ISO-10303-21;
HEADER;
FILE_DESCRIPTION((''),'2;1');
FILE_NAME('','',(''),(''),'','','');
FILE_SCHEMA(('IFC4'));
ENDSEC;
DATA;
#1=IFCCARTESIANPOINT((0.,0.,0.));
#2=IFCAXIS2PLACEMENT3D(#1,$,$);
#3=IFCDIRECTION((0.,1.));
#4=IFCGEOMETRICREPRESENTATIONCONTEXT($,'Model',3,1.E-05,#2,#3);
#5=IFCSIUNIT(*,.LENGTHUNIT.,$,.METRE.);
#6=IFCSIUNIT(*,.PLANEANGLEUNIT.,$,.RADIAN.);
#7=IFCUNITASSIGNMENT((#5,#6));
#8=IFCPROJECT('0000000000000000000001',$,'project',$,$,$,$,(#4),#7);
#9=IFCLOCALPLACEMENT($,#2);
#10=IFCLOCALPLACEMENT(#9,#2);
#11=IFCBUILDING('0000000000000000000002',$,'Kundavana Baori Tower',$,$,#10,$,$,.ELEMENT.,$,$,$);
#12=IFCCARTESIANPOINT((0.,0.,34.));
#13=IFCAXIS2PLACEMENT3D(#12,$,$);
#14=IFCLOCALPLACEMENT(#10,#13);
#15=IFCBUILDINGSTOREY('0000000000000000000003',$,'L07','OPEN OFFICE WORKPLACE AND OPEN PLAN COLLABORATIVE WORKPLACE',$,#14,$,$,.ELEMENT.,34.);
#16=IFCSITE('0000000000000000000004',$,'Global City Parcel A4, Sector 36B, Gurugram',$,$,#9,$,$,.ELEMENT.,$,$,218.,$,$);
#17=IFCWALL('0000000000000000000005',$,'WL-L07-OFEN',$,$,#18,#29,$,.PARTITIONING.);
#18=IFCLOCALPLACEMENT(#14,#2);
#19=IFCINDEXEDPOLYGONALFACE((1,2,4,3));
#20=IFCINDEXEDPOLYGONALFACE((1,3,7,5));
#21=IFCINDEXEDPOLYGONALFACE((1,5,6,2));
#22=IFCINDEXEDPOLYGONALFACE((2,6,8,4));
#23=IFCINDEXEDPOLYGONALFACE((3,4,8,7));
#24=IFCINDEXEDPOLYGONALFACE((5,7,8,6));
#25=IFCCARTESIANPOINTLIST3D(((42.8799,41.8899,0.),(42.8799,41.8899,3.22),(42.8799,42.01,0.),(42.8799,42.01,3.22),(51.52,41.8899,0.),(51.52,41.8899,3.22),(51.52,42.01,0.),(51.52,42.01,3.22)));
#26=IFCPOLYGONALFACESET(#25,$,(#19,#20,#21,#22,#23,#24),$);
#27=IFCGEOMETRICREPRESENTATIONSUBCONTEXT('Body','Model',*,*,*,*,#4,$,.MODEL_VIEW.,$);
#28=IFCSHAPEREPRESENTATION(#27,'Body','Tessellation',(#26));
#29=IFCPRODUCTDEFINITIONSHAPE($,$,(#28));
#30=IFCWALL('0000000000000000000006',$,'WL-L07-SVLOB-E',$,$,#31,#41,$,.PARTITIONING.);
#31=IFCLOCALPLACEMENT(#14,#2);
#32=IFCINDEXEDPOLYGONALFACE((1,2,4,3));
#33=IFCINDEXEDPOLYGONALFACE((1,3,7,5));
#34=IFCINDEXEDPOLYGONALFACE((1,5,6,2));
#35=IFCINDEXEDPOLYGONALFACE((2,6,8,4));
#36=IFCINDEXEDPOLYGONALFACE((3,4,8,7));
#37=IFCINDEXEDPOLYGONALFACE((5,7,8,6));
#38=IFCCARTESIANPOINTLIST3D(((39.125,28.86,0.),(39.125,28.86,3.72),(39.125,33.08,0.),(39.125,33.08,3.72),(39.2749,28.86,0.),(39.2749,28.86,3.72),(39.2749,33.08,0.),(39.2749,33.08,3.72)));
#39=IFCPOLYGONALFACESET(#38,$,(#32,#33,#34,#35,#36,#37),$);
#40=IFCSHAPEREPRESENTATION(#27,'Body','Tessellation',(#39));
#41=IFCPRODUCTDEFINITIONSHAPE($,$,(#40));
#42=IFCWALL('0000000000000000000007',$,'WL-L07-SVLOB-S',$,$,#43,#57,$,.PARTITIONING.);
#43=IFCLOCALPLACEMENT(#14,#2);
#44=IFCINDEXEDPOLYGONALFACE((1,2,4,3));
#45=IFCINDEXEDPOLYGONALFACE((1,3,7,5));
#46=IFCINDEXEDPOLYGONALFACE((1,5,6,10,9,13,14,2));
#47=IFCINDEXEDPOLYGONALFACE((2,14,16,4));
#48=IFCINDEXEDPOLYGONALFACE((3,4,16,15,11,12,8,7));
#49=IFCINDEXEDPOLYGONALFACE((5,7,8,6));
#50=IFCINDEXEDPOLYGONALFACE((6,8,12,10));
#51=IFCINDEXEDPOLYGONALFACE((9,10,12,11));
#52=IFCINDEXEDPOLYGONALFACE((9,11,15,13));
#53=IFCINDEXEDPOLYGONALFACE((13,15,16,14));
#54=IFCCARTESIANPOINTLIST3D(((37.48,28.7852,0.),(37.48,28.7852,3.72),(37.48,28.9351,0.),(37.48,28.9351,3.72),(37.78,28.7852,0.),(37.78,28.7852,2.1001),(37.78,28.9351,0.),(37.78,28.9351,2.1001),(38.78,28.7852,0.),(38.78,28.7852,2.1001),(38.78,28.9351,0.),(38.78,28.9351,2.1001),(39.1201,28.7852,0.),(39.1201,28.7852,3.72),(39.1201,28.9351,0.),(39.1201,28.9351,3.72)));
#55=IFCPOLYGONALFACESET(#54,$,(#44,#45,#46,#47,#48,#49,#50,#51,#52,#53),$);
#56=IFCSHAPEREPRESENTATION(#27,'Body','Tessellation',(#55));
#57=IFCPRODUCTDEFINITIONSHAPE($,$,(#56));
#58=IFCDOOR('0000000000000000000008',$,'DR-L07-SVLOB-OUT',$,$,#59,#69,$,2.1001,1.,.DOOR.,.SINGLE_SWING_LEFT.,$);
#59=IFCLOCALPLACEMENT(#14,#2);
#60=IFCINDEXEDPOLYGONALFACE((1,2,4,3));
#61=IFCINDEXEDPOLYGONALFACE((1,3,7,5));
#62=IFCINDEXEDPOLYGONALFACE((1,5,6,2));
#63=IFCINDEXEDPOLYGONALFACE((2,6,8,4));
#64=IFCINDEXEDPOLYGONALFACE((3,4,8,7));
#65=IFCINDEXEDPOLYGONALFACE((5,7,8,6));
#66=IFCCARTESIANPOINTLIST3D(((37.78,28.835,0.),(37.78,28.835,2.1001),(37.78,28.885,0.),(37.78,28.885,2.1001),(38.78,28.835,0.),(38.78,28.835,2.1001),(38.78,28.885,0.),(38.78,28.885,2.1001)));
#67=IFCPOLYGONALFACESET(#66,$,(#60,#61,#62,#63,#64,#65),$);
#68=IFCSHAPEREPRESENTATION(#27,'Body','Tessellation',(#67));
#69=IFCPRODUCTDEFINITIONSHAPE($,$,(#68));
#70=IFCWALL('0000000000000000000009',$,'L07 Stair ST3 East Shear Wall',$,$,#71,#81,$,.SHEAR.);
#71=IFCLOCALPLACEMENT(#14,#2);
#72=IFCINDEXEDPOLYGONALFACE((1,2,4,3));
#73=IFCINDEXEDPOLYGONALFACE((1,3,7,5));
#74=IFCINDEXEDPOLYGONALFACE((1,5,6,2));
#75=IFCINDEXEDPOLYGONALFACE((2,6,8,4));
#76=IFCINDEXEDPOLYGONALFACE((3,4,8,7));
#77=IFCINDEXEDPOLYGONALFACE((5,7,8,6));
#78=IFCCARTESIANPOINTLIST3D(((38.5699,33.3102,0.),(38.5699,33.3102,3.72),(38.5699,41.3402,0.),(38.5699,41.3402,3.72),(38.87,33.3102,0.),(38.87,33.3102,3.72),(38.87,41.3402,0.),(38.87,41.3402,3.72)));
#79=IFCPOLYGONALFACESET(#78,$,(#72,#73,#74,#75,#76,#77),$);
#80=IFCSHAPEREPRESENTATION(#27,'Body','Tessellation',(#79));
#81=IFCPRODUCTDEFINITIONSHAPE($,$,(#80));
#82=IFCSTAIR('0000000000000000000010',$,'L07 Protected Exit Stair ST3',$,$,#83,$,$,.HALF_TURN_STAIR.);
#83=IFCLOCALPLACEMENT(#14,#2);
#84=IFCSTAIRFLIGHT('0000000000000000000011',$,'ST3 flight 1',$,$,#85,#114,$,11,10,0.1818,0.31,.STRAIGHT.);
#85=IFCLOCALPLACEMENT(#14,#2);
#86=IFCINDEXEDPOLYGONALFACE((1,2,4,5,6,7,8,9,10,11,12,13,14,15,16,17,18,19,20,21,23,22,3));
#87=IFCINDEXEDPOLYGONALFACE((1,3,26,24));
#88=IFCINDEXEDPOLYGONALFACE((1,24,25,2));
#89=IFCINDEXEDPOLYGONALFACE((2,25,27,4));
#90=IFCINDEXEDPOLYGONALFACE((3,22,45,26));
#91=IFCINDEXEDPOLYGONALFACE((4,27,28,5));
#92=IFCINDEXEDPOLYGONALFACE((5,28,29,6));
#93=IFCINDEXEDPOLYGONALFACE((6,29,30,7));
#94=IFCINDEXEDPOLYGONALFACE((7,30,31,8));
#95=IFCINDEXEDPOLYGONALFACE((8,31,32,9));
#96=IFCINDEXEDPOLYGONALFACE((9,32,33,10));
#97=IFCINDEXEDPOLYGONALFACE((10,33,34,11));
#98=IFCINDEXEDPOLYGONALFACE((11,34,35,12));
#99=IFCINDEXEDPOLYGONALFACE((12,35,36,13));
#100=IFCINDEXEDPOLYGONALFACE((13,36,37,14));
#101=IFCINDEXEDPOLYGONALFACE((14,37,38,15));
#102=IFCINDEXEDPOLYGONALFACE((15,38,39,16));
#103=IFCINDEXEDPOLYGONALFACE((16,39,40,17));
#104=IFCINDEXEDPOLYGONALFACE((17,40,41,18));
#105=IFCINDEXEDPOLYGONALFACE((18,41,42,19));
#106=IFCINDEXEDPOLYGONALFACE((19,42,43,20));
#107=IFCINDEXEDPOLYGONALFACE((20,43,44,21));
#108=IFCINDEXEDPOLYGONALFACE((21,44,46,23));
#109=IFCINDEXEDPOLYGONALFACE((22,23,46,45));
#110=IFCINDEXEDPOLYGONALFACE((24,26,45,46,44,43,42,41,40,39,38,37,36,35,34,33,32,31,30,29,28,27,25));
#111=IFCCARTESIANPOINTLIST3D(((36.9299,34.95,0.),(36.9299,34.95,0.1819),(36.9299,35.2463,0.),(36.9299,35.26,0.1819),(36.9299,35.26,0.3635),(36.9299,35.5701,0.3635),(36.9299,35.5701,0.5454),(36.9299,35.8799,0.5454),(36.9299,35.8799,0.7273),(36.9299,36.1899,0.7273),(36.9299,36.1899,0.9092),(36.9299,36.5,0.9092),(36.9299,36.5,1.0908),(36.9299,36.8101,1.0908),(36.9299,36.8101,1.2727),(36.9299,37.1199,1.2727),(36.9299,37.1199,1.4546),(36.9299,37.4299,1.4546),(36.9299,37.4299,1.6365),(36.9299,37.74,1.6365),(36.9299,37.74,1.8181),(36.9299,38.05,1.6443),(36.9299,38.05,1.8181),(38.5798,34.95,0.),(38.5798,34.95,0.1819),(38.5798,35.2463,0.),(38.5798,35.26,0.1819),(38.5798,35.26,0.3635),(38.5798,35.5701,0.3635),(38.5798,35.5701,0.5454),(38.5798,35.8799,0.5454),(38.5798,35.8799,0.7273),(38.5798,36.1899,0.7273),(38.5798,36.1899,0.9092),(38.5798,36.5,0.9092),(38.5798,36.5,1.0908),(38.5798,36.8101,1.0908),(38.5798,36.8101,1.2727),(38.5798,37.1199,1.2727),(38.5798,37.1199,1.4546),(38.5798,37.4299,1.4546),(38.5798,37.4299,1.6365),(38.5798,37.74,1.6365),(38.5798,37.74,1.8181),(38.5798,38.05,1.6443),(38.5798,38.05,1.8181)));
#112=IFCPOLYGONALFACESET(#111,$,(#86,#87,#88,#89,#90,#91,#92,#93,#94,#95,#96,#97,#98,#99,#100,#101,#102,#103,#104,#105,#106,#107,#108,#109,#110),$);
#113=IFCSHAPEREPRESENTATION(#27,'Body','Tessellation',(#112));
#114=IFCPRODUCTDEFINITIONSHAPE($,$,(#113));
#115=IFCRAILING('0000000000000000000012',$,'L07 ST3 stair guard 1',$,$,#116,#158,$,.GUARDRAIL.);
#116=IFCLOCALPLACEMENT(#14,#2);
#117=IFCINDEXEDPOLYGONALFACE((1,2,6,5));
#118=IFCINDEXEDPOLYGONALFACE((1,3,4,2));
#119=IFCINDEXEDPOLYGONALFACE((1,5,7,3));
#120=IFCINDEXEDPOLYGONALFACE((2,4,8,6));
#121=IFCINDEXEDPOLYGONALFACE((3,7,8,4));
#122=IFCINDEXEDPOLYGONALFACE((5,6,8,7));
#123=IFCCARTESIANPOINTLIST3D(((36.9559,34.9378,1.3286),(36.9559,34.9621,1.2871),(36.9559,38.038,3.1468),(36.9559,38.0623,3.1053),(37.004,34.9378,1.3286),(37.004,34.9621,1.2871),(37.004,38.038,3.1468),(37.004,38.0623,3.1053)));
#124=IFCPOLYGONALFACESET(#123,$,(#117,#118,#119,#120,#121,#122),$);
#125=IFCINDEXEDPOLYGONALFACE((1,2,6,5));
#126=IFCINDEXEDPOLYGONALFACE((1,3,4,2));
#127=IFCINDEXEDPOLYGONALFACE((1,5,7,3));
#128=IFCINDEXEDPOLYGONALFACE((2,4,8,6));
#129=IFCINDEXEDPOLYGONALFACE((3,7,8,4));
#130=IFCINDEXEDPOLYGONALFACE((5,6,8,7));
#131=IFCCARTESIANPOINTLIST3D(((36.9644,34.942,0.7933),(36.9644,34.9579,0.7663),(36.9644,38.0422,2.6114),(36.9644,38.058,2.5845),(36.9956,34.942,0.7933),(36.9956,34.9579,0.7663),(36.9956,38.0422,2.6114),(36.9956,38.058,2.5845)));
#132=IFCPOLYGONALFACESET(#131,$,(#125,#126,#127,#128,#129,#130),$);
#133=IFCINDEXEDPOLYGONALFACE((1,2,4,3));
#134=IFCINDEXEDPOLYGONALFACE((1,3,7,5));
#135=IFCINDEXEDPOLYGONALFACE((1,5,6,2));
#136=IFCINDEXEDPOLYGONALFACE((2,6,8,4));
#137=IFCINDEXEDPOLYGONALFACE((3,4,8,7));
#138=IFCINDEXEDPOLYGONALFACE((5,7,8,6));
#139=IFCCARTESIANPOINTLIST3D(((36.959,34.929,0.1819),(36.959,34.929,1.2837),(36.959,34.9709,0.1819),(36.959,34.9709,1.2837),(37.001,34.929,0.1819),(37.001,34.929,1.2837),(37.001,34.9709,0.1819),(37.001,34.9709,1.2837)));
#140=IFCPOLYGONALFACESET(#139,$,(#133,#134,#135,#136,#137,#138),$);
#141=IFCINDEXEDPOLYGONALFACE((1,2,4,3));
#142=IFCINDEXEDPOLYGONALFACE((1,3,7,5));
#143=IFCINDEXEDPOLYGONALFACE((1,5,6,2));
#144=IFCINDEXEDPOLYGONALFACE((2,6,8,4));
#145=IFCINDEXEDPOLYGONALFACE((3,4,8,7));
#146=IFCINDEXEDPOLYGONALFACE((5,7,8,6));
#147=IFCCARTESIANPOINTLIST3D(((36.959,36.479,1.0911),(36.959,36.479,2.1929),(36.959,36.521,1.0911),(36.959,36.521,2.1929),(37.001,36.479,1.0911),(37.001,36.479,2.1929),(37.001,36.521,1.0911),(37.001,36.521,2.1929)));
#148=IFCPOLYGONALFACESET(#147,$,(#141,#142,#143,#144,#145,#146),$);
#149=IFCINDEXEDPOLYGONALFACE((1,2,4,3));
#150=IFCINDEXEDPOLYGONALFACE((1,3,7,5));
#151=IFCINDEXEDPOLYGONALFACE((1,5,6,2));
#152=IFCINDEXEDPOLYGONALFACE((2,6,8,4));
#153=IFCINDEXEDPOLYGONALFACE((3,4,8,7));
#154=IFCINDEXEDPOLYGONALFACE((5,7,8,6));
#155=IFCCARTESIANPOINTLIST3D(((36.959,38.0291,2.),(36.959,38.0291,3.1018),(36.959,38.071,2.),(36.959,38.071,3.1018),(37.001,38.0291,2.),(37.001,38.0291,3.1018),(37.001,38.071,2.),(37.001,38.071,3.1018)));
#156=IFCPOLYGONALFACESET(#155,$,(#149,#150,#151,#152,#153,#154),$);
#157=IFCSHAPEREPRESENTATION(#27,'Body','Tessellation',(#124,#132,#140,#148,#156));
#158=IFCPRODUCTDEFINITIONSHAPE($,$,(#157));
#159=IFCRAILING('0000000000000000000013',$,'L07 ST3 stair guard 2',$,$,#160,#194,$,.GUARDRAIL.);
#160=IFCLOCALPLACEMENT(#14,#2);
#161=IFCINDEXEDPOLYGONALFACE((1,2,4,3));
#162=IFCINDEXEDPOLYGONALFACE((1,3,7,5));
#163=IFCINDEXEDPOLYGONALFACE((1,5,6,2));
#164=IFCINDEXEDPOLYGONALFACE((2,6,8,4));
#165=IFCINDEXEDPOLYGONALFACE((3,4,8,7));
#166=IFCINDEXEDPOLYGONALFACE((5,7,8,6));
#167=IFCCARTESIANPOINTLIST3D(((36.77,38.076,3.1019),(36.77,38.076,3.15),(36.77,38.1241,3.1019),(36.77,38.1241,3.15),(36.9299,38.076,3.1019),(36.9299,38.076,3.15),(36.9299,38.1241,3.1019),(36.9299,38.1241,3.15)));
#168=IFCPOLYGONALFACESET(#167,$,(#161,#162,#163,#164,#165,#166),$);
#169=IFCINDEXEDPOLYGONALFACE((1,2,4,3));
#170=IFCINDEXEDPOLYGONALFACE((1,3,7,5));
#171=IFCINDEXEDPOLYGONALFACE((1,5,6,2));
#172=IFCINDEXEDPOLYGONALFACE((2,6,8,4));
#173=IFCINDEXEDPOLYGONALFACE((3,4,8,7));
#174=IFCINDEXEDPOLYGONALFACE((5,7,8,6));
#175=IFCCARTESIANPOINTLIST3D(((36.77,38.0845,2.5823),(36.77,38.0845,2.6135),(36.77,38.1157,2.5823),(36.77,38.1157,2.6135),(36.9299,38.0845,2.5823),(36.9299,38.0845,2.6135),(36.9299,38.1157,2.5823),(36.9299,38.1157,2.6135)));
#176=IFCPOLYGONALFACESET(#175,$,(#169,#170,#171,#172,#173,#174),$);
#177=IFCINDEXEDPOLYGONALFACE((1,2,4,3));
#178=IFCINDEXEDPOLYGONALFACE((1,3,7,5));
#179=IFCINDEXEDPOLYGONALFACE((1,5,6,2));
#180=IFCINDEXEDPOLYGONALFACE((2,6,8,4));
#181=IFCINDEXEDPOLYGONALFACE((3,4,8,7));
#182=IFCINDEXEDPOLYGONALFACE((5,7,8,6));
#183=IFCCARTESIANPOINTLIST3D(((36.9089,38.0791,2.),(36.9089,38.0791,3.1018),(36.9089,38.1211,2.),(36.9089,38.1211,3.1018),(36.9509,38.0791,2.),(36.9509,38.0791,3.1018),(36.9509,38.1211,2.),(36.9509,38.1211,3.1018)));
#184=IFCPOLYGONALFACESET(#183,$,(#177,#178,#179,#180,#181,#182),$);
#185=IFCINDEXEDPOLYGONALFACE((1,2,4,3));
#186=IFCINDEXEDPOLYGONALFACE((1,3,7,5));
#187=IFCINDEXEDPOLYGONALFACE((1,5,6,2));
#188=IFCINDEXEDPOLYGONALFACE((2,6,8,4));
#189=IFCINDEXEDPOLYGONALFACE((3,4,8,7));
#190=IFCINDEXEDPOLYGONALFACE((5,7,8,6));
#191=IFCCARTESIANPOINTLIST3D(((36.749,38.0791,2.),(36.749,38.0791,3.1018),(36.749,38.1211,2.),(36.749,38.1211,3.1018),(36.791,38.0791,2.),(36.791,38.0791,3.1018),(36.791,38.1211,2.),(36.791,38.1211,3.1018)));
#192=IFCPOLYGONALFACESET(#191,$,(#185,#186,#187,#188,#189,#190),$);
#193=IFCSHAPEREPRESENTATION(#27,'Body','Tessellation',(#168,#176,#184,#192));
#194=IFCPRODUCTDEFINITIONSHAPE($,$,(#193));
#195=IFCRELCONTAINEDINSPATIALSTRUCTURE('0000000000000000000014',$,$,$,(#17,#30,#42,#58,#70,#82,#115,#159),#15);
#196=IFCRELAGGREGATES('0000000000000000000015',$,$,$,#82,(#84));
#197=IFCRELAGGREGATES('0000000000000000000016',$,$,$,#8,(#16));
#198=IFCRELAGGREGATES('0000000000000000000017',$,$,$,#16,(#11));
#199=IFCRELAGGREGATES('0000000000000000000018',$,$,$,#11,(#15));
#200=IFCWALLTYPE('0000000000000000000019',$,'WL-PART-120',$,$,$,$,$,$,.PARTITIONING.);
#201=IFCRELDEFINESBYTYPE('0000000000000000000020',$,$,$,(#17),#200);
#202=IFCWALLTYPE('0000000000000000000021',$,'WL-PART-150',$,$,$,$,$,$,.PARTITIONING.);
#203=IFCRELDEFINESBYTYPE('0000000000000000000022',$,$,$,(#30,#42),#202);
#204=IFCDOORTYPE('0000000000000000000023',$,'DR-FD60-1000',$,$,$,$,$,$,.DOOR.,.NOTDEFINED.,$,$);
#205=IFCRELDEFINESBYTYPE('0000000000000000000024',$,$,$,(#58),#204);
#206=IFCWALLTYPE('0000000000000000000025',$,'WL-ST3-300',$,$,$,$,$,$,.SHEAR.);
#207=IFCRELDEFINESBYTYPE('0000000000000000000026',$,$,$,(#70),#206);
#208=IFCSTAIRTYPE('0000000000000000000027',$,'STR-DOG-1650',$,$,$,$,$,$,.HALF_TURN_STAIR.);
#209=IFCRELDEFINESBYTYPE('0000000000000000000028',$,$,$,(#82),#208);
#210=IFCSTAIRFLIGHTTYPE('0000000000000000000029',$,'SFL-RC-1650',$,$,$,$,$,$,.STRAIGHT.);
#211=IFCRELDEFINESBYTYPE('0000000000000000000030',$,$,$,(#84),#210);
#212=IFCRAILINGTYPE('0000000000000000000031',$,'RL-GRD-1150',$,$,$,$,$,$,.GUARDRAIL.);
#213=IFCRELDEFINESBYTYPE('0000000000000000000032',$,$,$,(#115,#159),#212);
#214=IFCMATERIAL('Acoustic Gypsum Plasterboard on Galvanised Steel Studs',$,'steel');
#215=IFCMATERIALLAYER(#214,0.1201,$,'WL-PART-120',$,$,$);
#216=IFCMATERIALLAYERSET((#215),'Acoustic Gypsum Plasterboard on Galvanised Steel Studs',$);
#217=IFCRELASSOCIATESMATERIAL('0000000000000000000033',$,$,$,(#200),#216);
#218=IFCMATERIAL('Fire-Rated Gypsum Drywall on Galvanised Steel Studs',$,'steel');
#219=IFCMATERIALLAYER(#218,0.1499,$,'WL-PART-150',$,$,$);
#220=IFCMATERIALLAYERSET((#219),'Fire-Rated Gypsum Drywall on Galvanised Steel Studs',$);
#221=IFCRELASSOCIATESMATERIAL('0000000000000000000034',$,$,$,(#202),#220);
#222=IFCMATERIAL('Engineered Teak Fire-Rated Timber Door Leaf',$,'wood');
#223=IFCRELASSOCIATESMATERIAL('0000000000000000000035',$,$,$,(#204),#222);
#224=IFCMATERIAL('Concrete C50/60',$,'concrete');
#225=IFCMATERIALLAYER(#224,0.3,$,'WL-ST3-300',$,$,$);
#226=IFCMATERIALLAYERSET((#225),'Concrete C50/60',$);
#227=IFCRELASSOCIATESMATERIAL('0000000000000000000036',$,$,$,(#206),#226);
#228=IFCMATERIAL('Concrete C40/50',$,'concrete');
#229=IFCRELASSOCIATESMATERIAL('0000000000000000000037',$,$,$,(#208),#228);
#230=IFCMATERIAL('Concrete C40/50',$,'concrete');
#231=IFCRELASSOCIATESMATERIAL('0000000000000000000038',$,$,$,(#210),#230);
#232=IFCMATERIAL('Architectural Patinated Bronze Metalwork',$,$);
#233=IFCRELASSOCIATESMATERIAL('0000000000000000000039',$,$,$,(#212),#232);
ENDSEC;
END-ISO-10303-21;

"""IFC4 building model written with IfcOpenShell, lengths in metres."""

from ifc_helpers import new_model, si_unit, direction, frame, frame_2d, origin, origin_2d, place, context, subcontext, project, spatial, polyline, rectangle, outline, extrude, material, layer, layer_set, type_object, element, fill, aggregate, save


model = new_model("IFC4")

# Units and contexts
model_context = context("Model", 3, precision=1e-05, world=origin(), true_north=direction((0.0, 1.0)))
body_context = subcontext(model_context, "Body", "Model", "MODEL_VIEW")
ifc_project = project(units=[si_unit("LENGTHUNIT", "METRE"), si_unit("PLANEANGLEUNIT", "RADIAN")], contexts=[model_context])

# Site, building, storey
site_placement = place(None, origin())
site = spatial("IfcSite", under=ifc_project, at=site_placement, Name="Global City Parcel A4, Sector 36B, Gurugram", CompositionType="ELEMENT", RefElevation=218.0)
building_placement = place(site_placement, origin())
building = spatial("IfcBuilding", under=site, at=building_placement, Name="Kundavana Baori Tower", CompositionType="ELEMENT")
storey_placement = place(building_placement, frame((0.0, 0.0, 34.0)))
storey = spatial("IfcBuildingStorey", under=building, at=storey_placement, Name="L07", Description="OPEN OFFICE WORKPLACE AND OPEN PLAN COLLABORATIVE WORKPLACE", CompositionType="ELEMENT", Elevation=34.0)

# Walls
ifc_material_1 = material(Name="Acoustic Gypsum Plasterboard on Galvanised Steel Studs", Category="steel")
ifc_layer_1 = layer(ifc_material_1, 0.1201, Name="WL-PART-120")
ifc_layer_set_1 = layer_set([ifc_layer_1], Name="Acoustic Gypsum Plasterboard on Galvanised Steel Studs")
wall_type_1 = type_object("IfcWallType", Name="WL-PART-120", PredefinedType="PARTITIONING", material=ifc_layer_set_1)
wall_1_placement = place(storey_placement, frame((42.8799, 41.95, 0.0), z_axis=(0.0, 0.0, 1.0), x_axis=(1.0, 0.0, 0.0)))
element("IfcWall", 1, at=wall_1_placement, inside=storey, type_object=wall_type_1, Name="WL-L07-OFEN", PredefinedType="PARTITIONING", context=body_context, shape_type="SweptSolid", body=[
    extrude(rectangle(XDim=8.6401, YDim=0.1201, at=frame_2d((4.3201, 0.0))), origin(), (0.0, 0.0, 1.0), 3.22),
])
ifc_material_2 = material(Name="Fire-Rated Gypsum Drywall on Galvanised Steel Studs", Category="steel")
ifc_layer_2 = layer(ifc_material_2, 0.1499, Name="WL-PART-150")
ifc_layer_set_2 = layer_set([ifc_layer_2], Name="Fire-Rated Gypsum Drywall on Galvanised Steel Studs")
wall_type_2 = type_object("IfcWallType", Name="WL-PART-150", PredefinedType="PARTITIONING", material=ifc_layer_set_2)
wall_2_placement = place(storey_placement, frame((39.2, 28.8601, 0.0), z_axis=(0.0, 0.0, 1.0), x_axis=(0.0, 1.0, 0.0)))
element("IfcWall", 2, at=wall_2_placement, inside=storey, type_object=wall_type_2, Name="WL-L07-SVLOB-E", PredefinedType="PARTITIONING", context=body_context, shape_type="SweptSolid", body=[
    extrude(rectangle(XDim=4.22, YDim=0.1499, at=frame_2d((2.1099, 0.0))), origin(), (0.0, 0.0, 1.0), 3.72),
])

# Wall, opening, door
wall_3_placement = place(storey_placement, frame((37.48, 28.8601, 0.0), z_axis=(0.0, 0.0, 1.0), x_axis=(1.0, 0.0, 0.0)))
wall_3 = element("IfcWall", 3, at=wall_3_placement, inside=storey, type_object=wall_type_2, Name="WL-L07-SVLOB-S", PredefinedType="PARTITIONING", context=body_context, shape_type="SweptSolid", body=[
    extrude(rectangle(XDim=1.6401, YDim=0.1499, at=frame_2d((0.8201, 0.0))), origin(), (0.0, 0.0, 1.0), 3.72),
])
opening_1_placement = place(wall_3_placement, frame((0.3, 0.0, 0.0)))
opening_1 = element("IfcOpeningElement", 4, at=opening_1_placement, cuts=wall_3, PredefinedType="OPENING", context=body_context, shape_type="SweptSolid", body=[
    extrude(rectangle(XDim=1.0, YDim=2.1001, at=frame_2d((0.5, 1.05))), frame((0.0, 0.085, 0.0), z_axis=(0.0, -1.0, 0.0), x_axis=(1.0, 0.0, 0.0)), (0.0, 0.0, 1.0), 0.1699),
])
ifc_material_3 = material(Name="Engineered Teak Fire-Rated Timber Door Leaf", Category="wood")
door_type_1 = type_object("IfcDoorType", Name="DR-FD60-1000", OperationType="NOTDEFINED", PredefinedType="DOOR", material=ifc_material_3)
door_1_placement = place(opening_1_placement, origin())
door_1 = element("IfcDoor", 5, at=door_1_placement, inside=storey, type_object=door_type_1, Name="DR-L07-SVLOB-OUT", OperationType="SINGLE_SWING_LEFT", OverallHeight=2.1001, OverallWidth=1.0, PredefinedType="DOOR", context=body_context, shape_type="SweptSolid", body=[
    extrude(rectangle(XDim=1.0, YDim=2.1001, at=frame_2d((0.5, 1.05))), frame((0.0, 0.0249, 0.0), z_axis=(0.0, -1.0, 0.0), x_axis=(1.0, 0.0, 0.0)), (0.0, 0.0, 1.0), 0.05),
])
fill(opening_1, door_1)

# Wall
ifc_material_4 = material(Name="Concrete C50/60", Category="concrete")
ifc_layer_3 = layer(ifc_material_4, 0.3, Name="WL-ST3-300")
ifc_layer_set_3 = layer_set([ifc_layer_3], Name="Concrete C50/60")
wall_type_3 = type_object("IfcWallType", Name="WL-ST3-300", PredefinedType="SHEAR", material=ifc_layer_set_3)
wall_4_placement = place(storey_placement, frame((38.72, 33.3101, 0.0), z_axis=(0.0, 0.0, 1.0), x_axis=(0.0, 1.0, 0.0)))
element("IfcWall", 6, at=wall_4_placement, inside=storey, type_object=wall_type_3, Name="L07 Stair ST3 East Shear Wall", PredefinedType="SHEAR", context=body_context, shape_type="SweptSolid", body=[
    extrude(rectangle(XDim=8.03, YDim=0.3, at=frame_2d((4.0151, 0.0))), origin(), (0.0, 0.0, 1.0), 3.72),
])

# Stair, stair flight
ifc_material_5 = material(Name="Concrete C40/50", Category="concrete")
stair_type = type_object("IfcStairType", Name="STR-DOG-1650", PredefinedType="HALF_TURN_STAIR", material=ifc_material_5)
stair_placement = place(storey_placement, origin())
stair = element("IfcStair", 7, at=stair_placement, inside=storey, type_object=stair_type, Name="L07 Protected Exit Stair ST3", PredefinedType="HALF_TURN_STAIR")
ifc_material_6 = material(Name="Concrete C40/50", Category="concrete")
stair_flight_type = type_object("IfcStairFlightType", Name="SFL-RC-1650", PredefinedType="STRAIGHT", material=ifc_material_6)
stair_flight_placement = place(storey_placement, frame((37.7549, 34.95, 0.0), z_axis=(0.0, 0.0, 1.0), x_axis=(0.0, 1.0, 0.0)))
stair_flight = element("IfcStairFlight", 8, at=stair_flight_placement, type_object=stair_flight_type, Name="ST3 flight 1", NumberOfRisers=11, NumberOfTreads=10, PredefinedType="STRAIGHT", RiserHeight=0.1818, TreadLength=0.31, context=body_context, shape_type="SweptSolid", body=[
    extrude(outline(polyline([(0.0, 0.0), (0.0, 0.1819), (0.3101, 0.1819), (0.3101, 0.3635), (0.6201, 0.3635), (0.6201, 0.5454), (0.9299, 0.5454), (0.9299, 0.7273), (1.24, 0.7273), (1.24, 0.9092), (1.55, 0.9092), (1.55, 1.0908), (1.8601, 1.0908), (1.8601, 1.2727), (2.1699, 1.2727), (2.1699, 1.4546), (2.48, 1.4546), (2.48, 1.6365), (2.79, 1.6365), (2.79, 1.8181), (3.1001, 1.8181), (3.1001, 2.0), (3.1001, 1.6443), (0.2964, 0.0), (0.0, 0.0)])), frame((0.0, 0.825, 0.0), z_axis=(0.0, -1.0, 0.0), x_axis=(1.0, 0.0, 0.0)), (0.0, 0.0, 1.0), 1.6499),
])
aggregate(stair, [stair_flight])

# Railings
ifc_material_7 = material(Name="Architectural Patinated Bronze Metalwork")
railing_type_1 = type_object("IfcRailingType", Name="RL-GRD-1150", PredefinedType="GUARDRAIL", material=ifc_material_7)
railing_1_placement = place(storey_placement, frame((36.98, 34.95, 0.1819)))
element("IfcRailing", 9, at=railing_1_placement, inside=storey, type_object=railing_type_1, Name="L07 ST3 stair guard 1", PredefinedType="GUARDRAIL", context=body_context, shape_type="SweptSolid", body=[
    extrude(rectangle(XDim=0.0481, YDim=0.0481, at=origin_2d()), frame((0.0, 0.0, 1.126), z_axis=(0.0, 0.862599, 0.505889), x_axis=(-1.0, 0.0, 0.0)), (0.0, 0.0, 1.0), 3.594),
    extrude(rectangle(XDim=0.0312, YDim=0.0312, at=origin_2d()), frame((0.0, 0.0, 0.5979), z_axis=(0.0, 0.862599, 0.505889), x_axis=(-1.0, 0.0, 0.0)), (0.0, 0.0, 1.0), 3.594),
    extrude(rectangle(XDim=0.042, YDim=0.042, at=origin_2d()), origin(), (0.0, 0.0, 1.0), 1.1018),
    extrude(rectangle(XDim=0.042, YDim=0.042, at=origin_2d()), frame((0.0, 1.55, 0.9092)), (0.0, 0.0, 1.0), 1.1018),
    extrude(rectangle(XDim=0.042, YDim=0.042, at=origin_2d()), frame((0.0, 3.1001, 1.8181)), (0.0, 0.0, 1.0), 1.1018),
])
railing_2_placement = place(storey_placement, frame((36.9299, 38.1001, 2.0)))
element("IfcRailing", 10, at=railing_2_placement, inside=storey, type_object=railing_type_1, Name="L07 ST3 stair guard 2", PredefinedType="GUARDRAIL", context=body_context, shape_type="SweptSolid", body=[
    extrude(rectangle(XDim=0.0481, YDim=0.0481, at=origin_2d()), frame((0.0, 0.0, 1.126), z_axis=(-1.0, 0.0, 0.0), x_axis=(0.0, -1.0, 0.0)), (0.0, 0.0, 1.0), 0.1599),
    extrude(rectangle(XDim=0.0312, YDim=0.0312, at=origin_2d()), frame((0.0, 0.0, 0.5979), z_axis=(-1.0, 0.0, 0.0), x_axis=(0.0, -1.0, 0.0)), (0.0, 0.0, 1.0), 0.1599),
    extrude(rectangle(XDim=0.042, YDim=0.042, at=origin_2d()), origin(), (0.0, 0.0, 1.0), 1.1018),
    extrude(rectangle(XDim=0.042, YDim=0.042, at=origin_2d()), frame((-0.1599, 0.0, 0.0)), (0.0, 0.0, 1.0), 1.1018),
])

save(model, "model.ifc")
